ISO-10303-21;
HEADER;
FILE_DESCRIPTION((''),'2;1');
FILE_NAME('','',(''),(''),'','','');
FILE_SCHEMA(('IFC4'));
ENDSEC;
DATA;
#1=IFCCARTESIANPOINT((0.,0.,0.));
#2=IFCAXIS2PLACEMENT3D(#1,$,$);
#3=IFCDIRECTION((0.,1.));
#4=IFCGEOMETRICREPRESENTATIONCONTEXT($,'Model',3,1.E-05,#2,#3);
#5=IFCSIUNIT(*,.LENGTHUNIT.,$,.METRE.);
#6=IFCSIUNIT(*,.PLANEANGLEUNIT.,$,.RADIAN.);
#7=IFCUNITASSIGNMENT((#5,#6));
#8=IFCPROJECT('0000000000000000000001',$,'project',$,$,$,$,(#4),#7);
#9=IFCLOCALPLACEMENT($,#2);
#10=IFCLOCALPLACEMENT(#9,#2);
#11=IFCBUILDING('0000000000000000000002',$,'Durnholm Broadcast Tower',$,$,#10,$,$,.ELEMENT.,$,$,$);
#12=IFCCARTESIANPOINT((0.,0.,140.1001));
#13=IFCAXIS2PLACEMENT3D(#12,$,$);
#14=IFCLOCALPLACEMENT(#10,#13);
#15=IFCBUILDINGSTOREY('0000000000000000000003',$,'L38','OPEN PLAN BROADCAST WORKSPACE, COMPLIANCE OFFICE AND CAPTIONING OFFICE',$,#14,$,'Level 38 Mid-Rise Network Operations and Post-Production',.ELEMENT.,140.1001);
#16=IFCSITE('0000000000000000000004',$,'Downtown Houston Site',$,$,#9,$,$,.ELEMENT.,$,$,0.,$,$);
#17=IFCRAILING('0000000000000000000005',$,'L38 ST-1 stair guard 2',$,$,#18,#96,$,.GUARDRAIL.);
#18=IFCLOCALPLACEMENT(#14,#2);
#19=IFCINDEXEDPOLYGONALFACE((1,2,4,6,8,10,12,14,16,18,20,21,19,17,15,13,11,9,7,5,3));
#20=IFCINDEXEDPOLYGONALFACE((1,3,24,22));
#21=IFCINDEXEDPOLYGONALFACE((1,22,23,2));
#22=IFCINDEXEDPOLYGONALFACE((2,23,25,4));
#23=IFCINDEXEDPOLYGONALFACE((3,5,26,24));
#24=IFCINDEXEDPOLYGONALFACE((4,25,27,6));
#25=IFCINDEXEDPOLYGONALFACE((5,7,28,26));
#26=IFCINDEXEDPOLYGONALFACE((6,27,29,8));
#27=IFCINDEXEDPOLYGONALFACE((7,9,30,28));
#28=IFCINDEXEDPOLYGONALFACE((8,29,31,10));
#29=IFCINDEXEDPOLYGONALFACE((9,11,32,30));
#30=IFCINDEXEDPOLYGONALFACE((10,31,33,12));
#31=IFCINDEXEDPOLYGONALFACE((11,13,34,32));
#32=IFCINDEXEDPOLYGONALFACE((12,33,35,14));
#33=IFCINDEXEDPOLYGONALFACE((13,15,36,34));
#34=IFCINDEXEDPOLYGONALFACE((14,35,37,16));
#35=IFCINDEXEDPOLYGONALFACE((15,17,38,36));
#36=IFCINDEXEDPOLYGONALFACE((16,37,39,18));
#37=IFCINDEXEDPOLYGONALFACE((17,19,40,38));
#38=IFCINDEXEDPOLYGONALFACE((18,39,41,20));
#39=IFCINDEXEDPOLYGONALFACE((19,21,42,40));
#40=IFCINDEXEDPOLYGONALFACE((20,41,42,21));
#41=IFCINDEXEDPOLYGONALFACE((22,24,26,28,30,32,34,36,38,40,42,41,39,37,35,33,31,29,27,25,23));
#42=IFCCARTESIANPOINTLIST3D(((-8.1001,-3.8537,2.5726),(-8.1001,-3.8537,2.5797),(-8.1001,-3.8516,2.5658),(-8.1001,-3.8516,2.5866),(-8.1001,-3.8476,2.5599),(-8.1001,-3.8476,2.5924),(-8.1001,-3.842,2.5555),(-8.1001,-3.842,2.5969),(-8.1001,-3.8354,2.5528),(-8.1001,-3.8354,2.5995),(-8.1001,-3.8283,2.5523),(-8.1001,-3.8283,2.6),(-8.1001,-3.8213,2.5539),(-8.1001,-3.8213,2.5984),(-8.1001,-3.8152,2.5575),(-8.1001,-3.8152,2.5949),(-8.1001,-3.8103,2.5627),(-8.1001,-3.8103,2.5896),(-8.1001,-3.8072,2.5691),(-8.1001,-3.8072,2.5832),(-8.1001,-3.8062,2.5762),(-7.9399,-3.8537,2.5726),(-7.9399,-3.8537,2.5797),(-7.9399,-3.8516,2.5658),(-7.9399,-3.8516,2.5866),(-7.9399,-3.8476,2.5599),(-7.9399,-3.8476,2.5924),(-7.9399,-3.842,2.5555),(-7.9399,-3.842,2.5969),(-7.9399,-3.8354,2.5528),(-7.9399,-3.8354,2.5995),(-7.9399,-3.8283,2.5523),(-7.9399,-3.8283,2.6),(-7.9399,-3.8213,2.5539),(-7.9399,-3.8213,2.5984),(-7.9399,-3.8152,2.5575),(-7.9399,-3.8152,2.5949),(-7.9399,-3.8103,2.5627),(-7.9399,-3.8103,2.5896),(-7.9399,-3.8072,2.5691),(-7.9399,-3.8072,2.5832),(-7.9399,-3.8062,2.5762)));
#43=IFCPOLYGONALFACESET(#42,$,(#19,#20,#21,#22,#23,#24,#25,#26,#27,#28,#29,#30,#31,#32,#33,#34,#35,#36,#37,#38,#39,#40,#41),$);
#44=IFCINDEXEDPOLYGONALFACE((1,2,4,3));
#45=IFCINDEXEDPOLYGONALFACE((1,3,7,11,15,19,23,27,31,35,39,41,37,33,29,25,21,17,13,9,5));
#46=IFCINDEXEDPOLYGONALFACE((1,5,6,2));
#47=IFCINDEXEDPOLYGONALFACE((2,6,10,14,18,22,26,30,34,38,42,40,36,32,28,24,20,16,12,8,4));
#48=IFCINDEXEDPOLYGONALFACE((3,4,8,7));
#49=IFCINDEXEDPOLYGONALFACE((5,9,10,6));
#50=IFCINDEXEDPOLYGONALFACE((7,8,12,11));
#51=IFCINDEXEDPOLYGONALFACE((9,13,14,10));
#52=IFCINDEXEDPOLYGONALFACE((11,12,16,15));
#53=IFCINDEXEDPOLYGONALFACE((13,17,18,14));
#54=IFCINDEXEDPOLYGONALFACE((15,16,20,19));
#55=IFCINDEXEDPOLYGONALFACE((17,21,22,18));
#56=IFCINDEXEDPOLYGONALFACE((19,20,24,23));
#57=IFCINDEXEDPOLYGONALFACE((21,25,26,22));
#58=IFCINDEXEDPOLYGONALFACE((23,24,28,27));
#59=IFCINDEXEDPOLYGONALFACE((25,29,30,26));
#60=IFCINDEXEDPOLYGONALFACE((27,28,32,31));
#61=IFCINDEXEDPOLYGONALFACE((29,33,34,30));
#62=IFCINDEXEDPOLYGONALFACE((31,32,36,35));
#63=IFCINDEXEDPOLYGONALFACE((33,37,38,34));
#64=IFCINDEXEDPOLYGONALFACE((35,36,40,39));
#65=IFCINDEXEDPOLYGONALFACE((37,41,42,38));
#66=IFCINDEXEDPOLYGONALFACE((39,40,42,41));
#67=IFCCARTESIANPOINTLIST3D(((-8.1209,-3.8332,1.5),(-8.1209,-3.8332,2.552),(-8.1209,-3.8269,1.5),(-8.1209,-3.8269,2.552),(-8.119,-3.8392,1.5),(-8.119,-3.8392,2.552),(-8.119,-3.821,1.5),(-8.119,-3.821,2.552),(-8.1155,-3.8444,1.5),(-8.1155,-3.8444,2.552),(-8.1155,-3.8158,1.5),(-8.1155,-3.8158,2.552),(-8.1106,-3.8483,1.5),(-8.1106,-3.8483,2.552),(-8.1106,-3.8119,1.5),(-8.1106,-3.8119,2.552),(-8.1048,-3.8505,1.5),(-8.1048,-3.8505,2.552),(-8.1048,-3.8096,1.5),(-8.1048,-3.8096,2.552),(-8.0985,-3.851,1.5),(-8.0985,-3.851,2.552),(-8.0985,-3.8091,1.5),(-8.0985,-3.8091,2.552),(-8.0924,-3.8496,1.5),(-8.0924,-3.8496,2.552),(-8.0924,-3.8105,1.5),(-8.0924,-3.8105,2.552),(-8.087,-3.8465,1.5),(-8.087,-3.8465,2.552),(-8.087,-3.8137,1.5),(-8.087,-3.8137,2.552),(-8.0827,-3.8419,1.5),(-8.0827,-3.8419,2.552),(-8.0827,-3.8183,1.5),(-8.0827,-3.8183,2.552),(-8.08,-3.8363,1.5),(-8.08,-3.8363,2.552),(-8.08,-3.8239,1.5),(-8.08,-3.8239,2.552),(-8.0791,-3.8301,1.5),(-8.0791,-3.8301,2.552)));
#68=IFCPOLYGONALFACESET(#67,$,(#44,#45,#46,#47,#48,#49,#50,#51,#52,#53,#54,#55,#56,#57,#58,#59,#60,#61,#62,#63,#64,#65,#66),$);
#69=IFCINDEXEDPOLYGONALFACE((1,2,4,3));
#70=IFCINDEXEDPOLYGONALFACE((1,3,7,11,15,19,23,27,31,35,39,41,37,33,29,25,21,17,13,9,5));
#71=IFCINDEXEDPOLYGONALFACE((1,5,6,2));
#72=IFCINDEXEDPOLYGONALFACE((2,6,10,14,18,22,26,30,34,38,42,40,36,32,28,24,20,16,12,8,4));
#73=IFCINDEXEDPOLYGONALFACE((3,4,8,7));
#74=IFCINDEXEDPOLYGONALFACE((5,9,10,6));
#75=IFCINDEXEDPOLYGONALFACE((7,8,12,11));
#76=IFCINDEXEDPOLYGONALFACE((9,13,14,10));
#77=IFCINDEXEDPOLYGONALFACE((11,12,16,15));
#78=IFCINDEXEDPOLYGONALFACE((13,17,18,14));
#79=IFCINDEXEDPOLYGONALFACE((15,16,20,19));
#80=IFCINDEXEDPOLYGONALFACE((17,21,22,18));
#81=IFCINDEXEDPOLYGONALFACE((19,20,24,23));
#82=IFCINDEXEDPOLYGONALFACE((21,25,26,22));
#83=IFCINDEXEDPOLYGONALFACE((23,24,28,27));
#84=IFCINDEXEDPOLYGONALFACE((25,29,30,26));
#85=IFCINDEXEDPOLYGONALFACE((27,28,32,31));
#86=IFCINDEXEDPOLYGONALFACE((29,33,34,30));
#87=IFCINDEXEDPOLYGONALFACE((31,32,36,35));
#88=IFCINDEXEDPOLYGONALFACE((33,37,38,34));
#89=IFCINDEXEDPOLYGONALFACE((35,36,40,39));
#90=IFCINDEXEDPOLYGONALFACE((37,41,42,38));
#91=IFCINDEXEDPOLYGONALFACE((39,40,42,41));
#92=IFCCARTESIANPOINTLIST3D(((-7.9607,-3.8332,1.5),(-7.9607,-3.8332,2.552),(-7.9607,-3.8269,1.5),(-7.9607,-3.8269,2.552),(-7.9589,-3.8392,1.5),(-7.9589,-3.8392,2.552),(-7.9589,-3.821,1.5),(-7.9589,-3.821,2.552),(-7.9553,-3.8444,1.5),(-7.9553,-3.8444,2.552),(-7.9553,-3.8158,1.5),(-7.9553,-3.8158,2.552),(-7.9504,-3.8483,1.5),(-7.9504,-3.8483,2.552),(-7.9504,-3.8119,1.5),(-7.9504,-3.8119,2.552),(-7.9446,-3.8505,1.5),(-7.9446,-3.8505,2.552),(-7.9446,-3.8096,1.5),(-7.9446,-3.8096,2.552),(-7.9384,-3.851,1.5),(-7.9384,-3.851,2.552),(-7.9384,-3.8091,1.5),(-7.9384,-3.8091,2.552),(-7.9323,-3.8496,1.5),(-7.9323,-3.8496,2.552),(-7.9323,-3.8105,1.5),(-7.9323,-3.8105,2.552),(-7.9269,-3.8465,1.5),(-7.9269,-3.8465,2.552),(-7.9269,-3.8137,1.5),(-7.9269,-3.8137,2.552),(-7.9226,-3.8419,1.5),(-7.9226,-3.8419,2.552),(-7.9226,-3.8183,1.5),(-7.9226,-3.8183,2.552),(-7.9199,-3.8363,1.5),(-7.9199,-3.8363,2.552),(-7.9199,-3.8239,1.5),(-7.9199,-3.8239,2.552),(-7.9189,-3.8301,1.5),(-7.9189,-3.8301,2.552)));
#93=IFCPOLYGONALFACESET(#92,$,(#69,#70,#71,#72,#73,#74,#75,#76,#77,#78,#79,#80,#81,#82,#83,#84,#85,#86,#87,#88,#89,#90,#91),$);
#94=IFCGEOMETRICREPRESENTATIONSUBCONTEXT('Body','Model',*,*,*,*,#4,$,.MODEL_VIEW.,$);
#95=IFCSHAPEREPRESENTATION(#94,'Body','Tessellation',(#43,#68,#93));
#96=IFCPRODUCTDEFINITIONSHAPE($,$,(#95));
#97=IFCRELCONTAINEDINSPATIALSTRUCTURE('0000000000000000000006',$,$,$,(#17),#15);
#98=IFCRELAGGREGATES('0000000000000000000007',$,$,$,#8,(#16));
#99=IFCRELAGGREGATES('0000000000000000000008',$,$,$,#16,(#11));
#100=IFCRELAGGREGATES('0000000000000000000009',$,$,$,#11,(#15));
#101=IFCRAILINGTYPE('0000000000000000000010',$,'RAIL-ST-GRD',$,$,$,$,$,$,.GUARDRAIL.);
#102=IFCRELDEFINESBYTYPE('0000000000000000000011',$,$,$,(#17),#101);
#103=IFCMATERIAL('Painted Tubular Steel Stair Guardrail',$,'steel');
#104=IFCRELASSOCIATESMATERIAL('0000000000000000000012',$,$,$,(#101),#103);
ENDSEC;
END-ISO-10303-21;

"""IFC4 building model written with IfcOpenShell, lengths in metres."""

from ifc_helpers import new_model, si_unit, direction, frame, origin, origin_2d, place, context, subcontext, project, spatial, circle, extrude, material, type_object, element, save


model = new_model("IFC4")

# Units and contexts
model_context = context("Model", 3, precision=1e-05, world=origin(), true_north=direction((0.0, 1.0)))
body_context = subcontext(model_context, "Body", "Model", "MODEL_VIEW")
ifc_project = project(units=[si_unit("LENGTHUNIT", "METRE"), si_unit("PLANEANGLEUNIT", "RADIAN")], contexts=[model_context])

# Site, building, storey
site_placement = place(None, origin())
site = spatial("IfcSite", under=ifc_project, at=site_placement, Name="Downtown Houston Site", CompositionType="ELEMENT", RefElevation=0.0)
building_placement = place(site_placement, origin())
building = spatial("IfcBuilding", under=site, at=building_placement, Name="Durnholm Broadcast Tower", CompositionType="ELEMENT")
storey_placement = place(building_placement, frame((0.0, 0.0, 140.1001)))
storey = spatial("IfcBuildingStorey", under=building, at=storey_placement, Name="L38", Description="OPEN PLAN BROADCAST WORKSPACE, COMPLIANCE OFFICE AND CAPTIONING OFFICE", LongName="Level 38 Mid-Rise Network Operations and Post-Production", CompositionType="ELEMENT", Elevation=140.1001)

# Railing
ifc_material_1 = material(Name="Painted Tubular Steel Stair Guardrail", Category="steel")
railing_type_1 = type_object("IfcRailingType", Name="RAIL-ST-GRD", PredefinedType="GUARDRAIL", material=ifc_material_1)
railing_1_placement = place(storey_placement, frame((-8.1001, -3.8301, 1.5)))
element("IfcRailing", 1, at=railing_1_placement, inside=storey, type_object=railing_type_1, Name="L38 ST-1 stair guard 2", PredefinedType="GUARDRAIL", context=body_context, shape_type="SweptSolid", body=[
    extrude(circle(Radius=0.0239, at=origin_2d()), frame((0.0, 0.0, 1.0762), z_axis=(1.0, 0.0, 0.0), x_axis=(0.0, 1.0, 0.0)), (0.0, 0.0, 1.0), 0.1602),
    extrude(circle(Radius=0.021, at=origin_2d()), origin(), (0.0, 0.0, 1.0), 1.052),
    extrude(circle(Radius=0.021, at=origin_2d()), frame((0.1602, 0.0, 0.0)), (0.0, 0.0, 1.0), 1.052),
])

save(model, "model.ifc")
